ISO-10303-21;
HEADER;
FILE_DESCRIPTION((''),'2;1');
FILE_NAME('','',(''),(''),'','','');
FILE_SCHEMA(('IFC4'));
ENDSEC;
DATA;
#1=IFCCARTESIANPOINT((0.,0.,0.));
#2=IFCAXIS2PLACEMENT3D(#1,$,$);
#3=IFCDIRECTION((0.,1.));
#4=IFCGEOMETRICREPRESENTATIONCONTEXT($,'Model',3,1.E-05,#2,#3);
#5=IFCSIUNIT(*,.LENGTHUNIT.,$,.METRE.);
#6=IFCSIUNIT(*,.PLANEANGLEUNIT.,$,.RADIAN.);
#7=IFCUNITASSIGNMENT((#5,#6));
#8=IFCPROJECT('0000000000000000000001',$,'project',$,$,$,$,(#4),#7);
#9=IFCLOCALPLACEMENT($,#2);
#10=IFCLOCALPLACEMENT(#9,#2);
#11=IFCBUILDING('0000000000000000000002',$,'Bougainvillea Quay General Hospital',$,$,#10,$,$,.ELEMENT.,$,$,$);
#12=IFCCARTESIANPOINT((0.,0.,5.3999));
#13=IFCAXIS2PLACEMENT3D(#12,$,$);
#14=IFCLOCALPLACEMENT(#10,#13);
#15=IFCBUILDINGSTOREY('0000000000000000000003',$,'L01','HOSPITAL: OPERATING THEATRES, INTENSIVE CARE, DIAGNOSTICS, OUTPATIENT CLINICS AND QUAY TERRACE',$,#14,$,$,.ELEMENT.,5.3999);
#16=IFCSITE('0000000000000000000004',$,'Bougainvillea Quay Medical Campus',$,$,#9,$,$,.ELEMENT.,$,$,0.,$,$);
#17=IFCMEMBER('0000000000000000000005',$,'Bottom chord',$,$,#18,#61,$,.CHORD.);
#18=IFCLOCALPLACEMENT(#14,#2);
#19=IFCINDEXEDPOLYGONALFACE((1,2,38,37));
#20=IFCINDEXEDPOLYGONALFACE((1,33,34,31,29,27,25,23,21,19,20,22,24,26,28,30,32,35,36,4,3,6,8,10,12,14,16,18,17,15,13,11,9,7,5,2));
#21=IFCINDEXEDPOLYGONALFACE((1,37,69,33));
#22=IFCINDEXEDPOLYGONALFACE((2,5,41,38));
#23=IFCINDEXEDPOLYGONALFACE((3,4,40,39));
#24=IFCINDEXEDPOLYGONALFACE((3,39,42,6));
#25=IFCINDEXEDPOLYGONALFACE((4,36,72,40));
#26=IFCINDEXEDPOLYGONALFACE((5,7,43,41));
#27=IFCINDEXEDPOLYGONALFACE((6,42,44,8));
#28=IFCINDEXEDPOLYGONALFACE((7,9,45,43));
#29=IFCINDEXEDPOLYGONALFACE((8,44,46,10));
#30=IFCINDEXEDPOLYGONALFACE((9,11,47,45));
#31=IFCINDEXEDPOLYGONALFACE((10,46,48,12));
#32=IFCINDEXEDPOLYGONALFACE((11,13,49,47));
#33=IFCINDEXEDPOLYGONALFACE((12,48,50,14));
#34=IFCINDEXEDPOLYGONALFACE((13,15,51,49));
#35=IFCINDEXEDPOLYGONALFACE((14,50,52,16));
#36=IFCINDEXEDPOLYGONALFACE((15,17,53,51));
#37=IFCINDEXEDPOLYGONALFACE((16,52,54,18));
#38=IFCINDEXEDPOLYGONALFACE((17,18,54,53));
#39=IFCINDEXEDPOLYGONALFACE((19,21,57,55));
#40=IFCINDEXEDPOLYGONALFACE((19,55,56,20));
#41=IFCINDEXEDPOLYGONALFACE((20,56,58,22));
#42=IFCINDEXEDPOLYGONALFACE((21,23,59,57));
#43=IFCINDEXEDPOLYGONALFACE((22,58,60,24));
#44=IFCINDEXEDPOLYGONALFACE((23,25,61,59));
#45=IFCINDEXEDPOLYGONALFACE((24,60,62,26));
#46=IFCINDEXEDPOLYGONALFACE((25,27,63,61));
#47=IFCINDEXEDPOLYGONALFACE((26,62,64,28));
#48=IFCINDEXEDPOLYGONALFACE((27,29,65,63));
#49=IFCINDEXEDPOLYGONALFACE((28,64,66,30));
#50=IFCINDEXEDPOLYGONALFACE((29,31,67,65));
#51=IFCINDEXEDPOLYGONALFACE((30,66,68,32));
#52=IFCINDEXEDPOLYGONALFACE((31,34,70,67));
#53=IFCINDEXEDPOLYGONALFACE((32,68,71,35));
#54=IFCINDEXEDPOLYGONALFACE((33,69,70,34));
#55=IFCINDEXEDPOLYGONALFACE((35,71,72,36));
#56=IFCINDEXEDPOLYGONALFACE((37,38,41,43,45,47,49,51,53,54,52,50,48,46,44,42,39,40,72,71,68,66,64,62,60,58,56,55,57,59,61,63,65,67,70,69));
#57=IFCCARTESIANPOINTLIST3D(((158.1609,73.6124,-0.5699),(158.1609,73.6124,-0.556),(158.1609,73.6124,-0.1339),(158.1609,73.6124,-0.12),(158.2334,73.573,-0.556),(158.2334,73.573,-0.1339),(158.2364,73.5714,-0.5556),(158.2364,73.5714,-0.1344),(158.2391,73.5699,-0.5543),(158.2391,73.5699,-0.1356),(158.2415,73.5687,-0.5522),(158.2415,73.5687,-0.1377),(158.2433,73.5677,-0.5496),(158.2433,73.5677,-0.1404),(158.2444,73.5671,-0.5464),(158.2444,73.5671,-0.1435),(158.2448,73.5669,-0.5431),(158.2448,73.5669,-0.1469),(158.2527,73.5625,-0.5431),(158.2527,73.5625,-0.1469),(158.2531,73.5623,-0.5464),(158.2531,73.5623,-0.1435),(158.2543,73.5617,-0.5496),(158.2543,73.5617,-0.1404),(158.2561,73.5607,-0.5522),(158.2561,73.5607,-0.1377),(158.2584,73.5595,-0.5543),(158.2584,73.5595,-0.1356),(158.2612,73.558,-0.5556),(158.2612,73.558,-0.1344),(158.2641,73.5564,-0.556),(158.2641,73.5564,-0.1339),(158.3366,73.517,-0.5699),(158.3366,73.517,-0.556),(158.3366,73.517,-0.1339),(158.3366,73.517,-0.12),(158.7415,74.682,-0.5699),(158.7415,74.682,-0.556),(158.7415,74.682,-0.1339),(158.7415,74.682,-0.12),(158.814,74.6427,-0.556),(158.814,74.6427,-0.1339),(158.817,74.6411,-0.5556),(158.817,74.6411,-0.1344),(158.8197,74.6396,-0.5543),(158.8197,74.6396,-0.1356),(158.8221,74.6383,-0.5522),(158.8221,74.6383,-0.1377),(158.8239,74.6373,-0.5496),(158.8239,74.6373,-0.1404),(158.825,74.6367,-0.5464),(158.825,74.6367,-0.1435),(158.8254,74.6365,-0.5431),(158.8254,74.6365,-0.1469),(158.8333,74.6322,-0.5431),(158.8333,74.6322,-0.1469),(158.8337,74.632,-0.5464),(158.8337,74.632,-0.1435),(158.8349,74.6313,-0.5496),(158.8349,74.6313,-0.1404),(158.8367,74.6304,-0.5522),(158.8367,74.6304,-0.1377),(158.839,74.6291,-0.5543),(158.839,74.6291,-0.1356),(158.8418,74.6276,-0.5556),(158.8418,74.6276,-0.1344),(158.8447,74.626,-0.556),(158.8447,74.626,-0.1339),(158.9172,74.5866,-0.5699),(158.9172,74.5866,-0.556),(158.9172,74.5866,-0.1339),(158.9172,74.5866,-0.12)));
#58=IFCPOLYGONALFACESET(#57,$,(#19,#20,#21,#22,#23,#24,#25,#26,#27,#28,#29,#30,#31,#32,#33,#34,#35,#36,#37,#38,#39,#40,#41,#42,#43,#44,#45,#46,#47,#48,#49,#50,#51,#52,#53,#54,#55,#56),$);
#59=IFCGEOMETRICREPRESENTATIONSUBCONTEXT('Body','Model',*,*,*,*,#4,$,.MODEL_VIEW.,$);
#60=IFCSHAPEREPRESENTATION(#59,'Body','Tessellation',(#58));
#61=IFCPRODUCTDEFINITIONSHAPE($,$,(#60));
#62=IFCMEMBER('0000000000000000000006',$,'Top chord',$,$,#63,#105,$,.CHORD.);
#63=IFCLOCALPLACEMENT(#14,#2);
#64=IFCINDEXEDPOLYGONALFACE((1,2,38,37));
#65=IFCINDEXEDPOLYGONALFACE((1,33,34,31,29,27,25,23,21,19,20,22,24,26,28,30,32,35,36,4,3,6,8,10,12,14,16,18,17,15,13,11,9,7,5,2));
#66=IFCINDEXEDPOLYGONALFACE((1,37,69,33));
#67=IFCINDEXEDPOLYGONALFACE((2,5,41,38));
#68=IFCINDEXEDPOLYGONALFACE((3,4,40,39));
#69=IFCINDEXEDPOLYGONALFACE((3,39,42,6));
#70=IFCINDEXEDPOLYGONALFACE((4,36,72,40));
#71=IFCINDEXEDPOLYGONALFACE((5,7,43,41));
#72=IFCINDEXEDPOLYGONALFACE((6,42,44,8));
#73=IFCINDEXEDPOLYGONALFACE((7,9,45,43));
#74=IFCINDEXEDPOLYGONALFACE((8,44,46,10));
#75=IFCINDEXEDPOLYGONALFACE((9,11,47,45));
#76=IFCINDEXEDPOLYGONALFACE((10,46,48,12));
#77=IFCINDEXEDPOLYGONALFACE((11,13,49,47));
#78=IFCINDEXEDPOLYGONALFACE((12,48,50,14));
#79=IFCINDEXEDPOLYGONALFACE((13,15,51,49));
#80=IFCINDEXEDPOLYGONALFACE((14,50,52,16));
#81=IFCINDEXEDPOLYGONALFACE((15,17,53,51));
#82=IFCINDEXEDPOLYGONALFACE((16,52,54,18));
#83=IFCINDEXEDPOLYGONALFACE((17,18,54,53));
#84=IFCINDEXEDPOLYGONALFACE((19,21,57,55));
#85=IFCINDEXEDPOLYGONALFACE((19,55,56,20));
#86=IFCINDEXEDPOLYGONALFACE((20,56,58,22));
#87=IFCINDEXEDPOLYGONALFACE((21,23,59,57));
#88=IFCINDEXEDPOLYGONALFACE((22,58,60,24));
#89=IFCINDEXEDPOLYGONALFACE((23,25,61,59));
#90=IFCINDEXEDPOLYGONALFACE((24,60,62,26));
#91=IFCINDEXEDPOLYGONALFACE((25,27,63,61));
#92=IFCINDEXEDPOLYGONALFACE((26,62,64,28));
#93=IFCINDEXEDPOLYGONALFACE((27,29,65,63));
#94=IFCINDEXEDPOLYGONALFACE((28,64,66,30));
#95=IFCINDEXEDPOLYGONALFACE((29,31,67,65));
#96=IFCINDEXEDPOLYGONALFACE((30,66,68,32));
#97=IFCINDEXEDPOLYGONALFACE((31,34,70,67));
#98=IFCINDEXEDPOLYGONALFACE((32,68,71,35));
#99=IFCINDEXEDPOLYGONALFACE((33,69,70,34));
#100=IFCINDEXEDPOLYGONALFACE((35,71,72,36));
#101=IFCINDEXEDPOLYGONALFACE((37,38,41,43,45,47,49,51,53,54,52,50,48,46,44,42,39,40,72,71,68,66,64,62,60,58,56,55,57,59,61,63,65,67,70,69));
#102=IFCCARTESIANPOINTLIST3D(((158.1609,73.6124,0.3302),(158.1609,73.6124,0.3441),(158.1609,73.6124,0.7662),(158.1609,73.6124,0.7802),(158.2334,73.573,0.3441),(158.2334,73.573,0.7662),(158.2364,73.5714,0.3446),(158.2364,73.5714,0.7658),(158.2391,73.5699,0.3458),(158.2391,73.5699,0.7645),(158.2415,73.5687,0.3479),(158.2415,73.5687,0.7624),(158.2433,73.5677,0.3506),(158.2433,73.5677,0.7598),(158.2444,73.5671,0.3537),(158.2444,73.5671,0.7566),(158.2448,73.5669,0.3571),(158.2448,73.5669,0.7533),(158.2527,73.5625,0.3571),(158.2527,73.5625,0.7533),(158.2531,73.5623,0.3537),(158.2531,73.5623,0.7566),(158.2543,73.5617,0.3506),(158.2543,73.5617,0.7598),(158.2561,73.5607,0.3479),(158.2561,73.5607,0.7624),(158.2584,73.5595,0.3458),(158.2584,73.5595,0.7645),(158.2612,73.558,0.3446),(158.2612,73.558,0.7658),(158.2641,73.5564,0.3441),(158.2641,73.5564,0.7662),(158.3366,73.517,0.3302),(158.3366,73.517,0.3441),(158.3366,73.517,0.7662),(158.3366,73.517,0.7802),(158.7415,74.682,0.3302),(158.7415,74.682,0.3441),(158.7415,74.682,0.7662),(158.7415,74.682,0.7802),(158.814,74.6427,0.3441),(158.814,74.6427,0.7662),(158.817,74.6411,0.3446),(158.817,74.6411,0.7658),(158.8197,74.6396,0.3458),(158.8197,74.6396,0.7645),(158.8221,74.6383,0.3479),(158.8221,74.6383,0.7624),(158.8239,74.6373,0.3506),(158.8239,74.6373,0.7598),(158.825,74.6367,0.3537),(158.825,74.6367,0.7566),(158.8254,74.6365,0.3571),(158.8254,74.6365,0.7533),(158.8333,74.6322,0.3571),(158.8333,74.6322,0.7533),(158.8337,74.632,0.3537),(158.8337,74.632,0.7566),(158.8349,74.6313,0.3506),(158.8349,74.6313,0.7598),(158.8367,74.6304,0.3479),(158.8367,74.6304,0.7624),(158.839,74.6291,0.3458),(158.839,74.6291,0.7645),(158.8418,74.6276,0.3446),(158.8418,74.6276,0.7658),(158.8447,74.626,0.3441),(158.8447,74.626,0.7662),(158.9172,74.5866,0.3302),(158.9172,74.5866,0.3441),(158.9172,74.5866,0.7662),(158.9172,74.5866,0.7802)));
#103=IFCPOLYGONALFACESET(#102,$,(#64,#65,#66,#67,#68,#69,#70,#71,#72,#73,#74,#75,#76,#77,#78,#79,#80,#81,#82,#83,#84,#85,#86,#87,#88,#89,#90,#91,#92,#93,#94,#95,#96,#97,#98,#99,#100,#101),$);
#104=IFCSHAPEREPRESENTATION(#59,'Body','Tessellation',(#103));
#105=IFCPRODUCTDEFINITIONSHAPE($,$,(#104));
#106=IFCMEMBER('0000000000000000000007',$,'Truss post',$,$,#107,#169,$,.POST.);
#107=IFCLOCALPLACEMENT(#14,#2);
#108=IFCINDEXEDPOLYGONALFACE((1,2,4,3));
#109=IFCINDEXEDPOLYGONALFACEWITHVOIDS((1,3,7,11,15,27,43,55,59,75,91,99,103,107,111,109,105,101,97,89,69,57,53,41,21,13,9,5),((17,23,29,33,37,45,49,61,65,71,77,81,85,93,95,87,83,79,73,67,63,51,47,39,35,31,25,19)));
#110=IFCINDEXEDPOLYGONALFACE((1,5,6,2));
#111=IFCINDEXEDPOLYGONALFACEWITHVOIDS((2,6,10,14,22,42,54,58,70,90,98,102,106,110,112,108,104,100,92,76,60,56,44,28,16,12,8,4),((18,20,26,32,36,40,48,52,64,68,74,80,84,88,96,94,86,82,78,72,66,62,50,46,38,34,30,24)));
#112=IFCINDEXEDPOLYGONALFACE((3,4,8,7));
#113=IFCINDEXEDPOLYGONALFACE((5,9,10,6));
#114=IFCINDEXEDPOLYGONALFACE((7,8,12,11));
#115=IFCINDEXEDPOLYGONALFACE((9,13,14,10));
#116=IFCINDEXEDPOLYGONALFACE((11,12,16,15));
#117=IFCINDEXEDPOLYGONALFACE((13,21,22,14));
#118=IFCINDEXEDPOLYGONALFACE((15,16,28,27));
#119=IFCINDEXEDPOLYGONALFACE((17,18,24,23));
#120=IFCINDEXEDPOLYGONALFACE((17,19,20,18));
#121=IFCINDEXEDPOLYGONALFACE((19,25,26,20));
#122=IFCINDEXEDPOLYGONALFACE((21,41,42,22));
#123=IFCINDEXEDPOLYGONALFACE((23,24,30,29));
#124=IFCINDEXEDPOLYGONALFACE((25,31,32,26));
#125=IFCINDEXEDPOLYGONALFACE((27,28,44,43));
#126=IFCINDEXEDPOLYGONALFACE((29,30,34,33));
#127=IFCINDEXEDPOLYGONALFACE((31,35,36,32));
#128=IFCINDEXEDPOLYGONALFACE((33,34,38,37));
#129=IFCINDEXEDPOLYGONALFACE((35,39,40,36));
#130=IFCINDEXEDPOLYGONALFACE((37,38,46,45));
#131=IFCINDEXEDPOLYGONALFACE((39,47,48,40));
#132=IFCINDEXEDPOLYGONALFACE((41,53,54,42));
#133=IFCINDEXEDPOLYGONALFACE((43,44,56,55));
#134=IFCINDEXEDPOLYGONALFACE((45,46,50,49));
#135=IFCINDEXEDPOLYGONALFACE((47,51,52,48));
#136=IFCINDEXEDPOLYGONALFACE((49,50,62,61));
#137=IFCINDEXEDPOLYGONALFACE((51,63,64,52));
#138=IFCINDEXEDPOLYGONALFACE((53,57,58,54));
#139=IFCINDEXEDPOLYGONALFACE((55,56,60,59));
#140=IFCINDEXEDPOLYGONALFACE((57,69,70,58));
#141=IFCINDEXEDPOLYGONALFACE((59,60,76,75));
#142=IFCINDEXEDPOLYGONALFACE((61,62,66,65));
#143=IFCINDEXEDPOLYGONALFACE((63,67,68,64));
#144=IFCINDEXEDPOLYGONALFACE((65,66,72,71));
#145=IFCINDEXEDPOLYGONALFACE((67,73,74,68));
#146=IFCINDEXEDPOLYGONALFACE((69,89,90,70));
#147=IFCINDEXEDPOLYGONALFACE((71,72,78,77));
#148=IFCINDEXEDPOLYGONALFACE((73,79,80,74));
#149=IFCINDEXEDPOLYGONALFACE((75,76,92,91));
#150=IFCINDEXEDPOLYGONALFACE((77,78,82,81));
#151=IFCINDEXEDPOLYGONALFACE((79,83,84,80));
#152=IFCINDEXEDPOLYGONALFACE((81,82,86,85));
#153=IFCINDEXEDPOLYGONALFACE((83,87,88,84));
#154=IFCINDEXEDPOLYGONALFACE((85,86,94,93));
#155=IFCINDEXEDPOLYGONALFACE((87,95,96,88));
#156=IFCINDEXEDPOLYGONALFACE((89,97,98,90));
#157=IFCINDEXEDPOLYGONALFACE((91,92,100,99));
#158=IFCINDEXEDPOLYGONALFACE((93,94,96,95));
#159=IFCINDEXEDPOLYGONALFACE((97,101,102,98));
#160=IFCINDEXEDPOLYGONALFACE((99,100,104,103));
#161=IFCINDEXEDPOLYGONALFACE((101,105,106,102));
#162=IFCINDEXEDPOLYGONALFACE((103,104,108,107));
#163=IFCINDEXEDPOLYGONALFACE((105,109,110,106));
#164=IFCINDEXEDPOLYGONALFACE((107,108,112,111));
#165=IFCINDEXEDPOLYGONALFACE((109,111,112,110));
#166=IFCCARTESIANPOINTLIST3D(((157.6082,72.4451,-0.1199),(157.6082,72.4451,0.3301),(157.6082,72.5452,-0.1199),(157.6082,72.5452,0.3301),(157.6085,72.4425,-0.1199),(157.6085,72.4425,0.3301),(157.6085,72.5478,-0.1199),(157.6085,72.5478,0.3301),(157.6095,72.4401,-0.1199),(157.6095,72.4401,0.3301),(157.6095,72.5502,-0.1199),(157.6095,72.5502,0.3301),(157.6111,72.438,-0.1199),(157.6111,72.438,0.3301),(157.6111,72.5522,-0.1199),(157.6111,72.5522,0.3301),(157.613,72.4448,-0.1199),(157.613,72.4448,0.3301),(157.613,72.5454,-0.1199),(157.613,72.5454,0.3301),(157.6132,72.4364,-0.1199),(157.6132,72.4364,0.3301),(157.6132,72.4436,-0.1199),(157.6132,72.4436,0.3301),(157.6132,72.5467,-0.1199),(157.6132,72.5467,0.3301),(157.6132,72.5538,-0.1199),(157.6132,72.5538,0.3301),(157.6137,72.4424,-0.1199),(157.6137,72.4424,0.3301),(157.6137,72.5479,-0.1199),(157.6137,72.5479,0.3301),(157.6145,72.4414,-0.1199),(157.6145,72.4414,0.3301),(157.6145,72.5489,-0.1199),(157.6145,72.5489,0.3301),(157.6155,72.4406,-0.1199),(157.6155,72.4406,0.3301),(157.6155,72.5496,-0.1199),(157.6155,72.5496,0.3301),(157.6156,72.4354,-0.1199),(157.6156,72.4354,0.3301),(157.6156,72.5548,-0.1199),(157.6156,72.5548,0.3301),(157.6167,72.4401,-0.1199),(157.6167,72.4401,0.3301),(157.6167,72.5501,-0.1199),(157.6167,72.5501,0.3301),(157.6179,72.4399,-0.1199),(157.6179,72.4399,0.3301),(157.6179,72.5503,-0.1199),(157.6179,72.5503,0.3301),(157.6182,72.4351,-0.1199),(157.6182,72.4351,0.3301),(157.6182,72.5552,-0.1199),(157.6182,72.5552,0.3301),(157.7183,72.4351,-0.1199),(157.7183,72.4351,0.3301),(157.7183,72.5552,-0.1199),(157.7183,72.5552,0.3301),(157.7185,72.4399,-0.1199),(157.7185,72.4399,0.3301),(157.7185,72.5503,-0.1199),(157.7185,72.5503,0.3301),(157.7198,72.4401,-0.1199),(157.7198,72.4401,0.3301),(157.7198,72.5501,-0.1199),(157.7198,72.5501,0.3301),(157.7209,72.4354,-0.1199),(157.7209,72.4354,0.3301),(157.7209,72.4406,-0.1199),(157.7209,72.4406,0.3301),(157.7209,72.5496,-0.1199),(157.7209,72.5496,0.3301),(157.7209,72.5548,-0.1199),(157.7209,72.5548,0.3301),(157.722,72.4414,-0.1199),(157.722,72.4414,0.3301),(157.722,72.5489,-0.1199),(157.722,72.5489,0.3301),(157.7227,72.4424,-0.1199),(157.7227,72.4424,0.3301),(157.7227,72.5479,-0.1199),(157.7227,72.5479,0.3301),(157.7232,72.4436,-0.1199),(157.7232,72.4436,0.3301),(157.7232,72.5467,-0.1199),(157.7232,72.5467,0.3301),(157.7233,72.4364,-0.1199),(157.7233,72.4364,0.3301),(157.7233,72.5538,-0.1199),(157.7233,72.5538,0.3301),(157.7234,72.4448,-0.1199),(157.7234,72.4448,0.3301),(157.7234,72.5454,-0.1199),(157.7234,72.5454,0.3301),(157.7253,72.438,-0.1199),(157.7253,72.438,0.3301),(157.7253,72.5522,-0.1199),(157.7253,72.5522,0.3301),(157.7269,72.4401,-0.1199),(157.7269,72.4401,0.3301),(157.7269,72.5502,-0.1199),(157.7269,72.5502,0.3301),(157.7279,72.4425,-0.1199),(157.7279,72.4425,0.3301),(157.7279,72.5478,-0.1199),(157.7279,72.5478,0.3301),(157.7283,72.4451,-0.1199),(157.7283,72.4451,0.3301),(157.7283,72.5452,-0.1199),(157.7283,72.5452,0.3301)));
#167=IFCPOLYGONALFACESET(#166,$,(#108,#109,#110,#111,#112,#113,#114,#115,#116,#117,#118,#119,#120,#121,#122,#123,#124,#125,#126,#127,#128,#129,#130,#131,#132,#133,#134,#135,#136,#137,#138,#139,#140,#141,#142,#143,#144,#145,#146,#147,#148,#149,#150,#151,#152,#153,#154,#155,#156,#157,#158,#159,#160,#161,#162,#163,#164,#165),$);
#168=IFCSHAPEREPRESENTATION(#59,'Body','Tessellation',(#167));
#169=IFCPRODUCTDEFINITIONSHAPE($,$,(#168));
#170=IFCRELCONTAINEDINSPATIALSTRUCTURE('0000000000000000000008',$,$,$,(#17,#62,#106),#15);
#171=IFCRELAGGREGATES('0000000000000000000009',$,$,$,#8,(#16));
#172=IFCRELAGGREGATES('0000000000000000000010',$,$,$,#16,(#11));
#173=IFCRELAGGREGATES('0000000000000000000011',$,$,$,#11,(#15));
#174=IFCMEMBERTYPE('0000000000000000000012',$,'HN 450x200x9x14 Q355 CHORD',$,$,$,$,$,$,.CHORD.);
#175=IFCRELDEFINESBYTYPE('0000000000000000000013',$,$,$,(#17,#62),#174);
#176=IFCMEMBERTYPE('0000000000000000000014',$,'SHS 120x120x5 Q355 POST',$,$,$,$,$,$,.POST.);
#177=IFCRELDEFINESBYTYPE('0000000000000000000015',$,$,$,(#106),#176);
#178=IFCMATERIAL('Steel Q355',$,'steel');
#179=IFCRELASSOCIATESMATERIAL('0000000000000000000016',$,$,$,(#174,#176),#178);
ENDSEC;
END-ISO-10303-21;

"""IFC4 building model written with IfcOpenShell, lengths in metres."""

from ifc_helpers import new_model, si_unit, direction, frame, origin, origin_2d, place, context, subcontext, project, spatial, hollow_rectangle, i_section, extrude, material, material_profile, profile_set, type_object, element, save


model = new_model("IFC4")

# Units and contexts
model_context = context("Model", 3, precision=1e-05, world=origin(), true_north=direction((0.0, 1.0)))
body_context = subcontext(model_context, "Body", "Model", "MODEL_VIEW")
ifc_project = project(units=[si_unit("LENGTHUNIT", "METRE"), si_unit("PLANEANGLEUNIT", "RADIAN")], contexts=[model_context])

# Site, building, storey
site_placement = place(None, origin())
site = spatial("IfcSite", under=ifc_project, at=site_placement, Name="Bougainvillea Quay Medical Campus", CompositionType="ELEMENT", RefElevation=0.0)
building_placement = place(site_placement, origin())
building = spatial("IfcBuilding", under=site, at=building_placement, Name="Bougainvillea Quay General Hospital", CompositionType="ELEMENT")
storey_placement = place(building_placement, frame((0.0, 0.0, 5.3999)))
storey = spatial("IfcBuildingStorey", under=building, at=storey_placement, Name="L01", Description="HOSPITAL: OPERATING THEATRES, INTENSIVE CARE, DIAGNOSTICS, OUTPATIENT CLINICS AND QUAY TERRACE", CompositionType="ELEMENT", Elevation=5.3999)

# Members
ifc_material_1 = material(Name="Steel Q355", Category="steel")
ifc_material_profile_1 = material_profile(ifc_material_1, i_section(OverallWidth=0.2, OverallDepth=0.45, WebThickness=0.009, FlangeThickness=0.0139, FilletRadius=0.0129, at=origin_2d()))
ifc_profile_set_1 = profile_set([ifc_material_profile_1], Name="Steel Q355")
member_type_1 = type_object("IfcMemberType", Name="HN 450x200x9x14 Q355 CHORD", PredefinedType="CHORD", material=ifc_profile_set_1)
for number, where, z_axis, x_axis, name in (
    (1, (158.2488, 73.5647, -0.345), (0.477052, 0.878875, 0.0), (-0.878875, 0.477052, 0.0), "Bottom chord"),
    (2, (158.2488, 73.5647, 0.5552), (0.477052, 0.878875, 0.0), (-0.878875, 0.477052, 0.0), "Top chord"),
):
    element("IfcMember", number, at=place(storey_placement, frame(where, z_axis=z_axis, x_axis=x_axis)), inside=storey, type_object=member_type_1, Name=name, PredefinedType="CHORD", context=body_context, shape_type="SweptSolid", body=[
        extrude(i_section(OverallWidth=0.2, OverallDepth=0.45, WebThickness=0.009, FlangeThickness=0.0139, FilletRadius=0.0129, at=origin_2d()), origin(), (0.0, 0.0, 1.0), 1.217),
    ])
ifc_material_profile_2 = material_profile(ifc_material_1, hollow_rectangle(XDim=0.1201, YDim=0.1201, WallThickness=0.0049, InnerFilletRadius=0.0049, OuterFilletRadius=0.01, at=origin_2d()))
ifc_profile_set_2 = profile_set([ifc_material_profile_2], Name="Steel Q355")
member_type_2 = type_object("IfcMemberType", Name="SHS 120x120x5 Q355 POST", PredefinedType="POST", material=ifc_profile_set_2)
for number, where, z_axis, x_axis, name in (
    (3, (157.6682, 72.4951, -0.1199), (0.0, 0.0, 1.0), (1.0, 0.0, 0.0), "Truss post"),
):
    element("IfcMember", number, at=place(storey_placement, frame(where, z_axis=z_axis, x_axis=x_axis)), inside=storey, type_object=member_type_2, Name=name, PredefinedType="POST", context=body_context, shape_type="SweptSolid", body=[
        extrude(hollow_rectangle(XDim=0.1201, YDim=0.1201, WallThickness=0.0049, InnerFilletRadius=0.0049, OuterFilletRadius=0.01, at=origin_2d()), origin(), (0.0, 0.0, 1.0), 0.45),
    ])

save(model, "model.ifc")
